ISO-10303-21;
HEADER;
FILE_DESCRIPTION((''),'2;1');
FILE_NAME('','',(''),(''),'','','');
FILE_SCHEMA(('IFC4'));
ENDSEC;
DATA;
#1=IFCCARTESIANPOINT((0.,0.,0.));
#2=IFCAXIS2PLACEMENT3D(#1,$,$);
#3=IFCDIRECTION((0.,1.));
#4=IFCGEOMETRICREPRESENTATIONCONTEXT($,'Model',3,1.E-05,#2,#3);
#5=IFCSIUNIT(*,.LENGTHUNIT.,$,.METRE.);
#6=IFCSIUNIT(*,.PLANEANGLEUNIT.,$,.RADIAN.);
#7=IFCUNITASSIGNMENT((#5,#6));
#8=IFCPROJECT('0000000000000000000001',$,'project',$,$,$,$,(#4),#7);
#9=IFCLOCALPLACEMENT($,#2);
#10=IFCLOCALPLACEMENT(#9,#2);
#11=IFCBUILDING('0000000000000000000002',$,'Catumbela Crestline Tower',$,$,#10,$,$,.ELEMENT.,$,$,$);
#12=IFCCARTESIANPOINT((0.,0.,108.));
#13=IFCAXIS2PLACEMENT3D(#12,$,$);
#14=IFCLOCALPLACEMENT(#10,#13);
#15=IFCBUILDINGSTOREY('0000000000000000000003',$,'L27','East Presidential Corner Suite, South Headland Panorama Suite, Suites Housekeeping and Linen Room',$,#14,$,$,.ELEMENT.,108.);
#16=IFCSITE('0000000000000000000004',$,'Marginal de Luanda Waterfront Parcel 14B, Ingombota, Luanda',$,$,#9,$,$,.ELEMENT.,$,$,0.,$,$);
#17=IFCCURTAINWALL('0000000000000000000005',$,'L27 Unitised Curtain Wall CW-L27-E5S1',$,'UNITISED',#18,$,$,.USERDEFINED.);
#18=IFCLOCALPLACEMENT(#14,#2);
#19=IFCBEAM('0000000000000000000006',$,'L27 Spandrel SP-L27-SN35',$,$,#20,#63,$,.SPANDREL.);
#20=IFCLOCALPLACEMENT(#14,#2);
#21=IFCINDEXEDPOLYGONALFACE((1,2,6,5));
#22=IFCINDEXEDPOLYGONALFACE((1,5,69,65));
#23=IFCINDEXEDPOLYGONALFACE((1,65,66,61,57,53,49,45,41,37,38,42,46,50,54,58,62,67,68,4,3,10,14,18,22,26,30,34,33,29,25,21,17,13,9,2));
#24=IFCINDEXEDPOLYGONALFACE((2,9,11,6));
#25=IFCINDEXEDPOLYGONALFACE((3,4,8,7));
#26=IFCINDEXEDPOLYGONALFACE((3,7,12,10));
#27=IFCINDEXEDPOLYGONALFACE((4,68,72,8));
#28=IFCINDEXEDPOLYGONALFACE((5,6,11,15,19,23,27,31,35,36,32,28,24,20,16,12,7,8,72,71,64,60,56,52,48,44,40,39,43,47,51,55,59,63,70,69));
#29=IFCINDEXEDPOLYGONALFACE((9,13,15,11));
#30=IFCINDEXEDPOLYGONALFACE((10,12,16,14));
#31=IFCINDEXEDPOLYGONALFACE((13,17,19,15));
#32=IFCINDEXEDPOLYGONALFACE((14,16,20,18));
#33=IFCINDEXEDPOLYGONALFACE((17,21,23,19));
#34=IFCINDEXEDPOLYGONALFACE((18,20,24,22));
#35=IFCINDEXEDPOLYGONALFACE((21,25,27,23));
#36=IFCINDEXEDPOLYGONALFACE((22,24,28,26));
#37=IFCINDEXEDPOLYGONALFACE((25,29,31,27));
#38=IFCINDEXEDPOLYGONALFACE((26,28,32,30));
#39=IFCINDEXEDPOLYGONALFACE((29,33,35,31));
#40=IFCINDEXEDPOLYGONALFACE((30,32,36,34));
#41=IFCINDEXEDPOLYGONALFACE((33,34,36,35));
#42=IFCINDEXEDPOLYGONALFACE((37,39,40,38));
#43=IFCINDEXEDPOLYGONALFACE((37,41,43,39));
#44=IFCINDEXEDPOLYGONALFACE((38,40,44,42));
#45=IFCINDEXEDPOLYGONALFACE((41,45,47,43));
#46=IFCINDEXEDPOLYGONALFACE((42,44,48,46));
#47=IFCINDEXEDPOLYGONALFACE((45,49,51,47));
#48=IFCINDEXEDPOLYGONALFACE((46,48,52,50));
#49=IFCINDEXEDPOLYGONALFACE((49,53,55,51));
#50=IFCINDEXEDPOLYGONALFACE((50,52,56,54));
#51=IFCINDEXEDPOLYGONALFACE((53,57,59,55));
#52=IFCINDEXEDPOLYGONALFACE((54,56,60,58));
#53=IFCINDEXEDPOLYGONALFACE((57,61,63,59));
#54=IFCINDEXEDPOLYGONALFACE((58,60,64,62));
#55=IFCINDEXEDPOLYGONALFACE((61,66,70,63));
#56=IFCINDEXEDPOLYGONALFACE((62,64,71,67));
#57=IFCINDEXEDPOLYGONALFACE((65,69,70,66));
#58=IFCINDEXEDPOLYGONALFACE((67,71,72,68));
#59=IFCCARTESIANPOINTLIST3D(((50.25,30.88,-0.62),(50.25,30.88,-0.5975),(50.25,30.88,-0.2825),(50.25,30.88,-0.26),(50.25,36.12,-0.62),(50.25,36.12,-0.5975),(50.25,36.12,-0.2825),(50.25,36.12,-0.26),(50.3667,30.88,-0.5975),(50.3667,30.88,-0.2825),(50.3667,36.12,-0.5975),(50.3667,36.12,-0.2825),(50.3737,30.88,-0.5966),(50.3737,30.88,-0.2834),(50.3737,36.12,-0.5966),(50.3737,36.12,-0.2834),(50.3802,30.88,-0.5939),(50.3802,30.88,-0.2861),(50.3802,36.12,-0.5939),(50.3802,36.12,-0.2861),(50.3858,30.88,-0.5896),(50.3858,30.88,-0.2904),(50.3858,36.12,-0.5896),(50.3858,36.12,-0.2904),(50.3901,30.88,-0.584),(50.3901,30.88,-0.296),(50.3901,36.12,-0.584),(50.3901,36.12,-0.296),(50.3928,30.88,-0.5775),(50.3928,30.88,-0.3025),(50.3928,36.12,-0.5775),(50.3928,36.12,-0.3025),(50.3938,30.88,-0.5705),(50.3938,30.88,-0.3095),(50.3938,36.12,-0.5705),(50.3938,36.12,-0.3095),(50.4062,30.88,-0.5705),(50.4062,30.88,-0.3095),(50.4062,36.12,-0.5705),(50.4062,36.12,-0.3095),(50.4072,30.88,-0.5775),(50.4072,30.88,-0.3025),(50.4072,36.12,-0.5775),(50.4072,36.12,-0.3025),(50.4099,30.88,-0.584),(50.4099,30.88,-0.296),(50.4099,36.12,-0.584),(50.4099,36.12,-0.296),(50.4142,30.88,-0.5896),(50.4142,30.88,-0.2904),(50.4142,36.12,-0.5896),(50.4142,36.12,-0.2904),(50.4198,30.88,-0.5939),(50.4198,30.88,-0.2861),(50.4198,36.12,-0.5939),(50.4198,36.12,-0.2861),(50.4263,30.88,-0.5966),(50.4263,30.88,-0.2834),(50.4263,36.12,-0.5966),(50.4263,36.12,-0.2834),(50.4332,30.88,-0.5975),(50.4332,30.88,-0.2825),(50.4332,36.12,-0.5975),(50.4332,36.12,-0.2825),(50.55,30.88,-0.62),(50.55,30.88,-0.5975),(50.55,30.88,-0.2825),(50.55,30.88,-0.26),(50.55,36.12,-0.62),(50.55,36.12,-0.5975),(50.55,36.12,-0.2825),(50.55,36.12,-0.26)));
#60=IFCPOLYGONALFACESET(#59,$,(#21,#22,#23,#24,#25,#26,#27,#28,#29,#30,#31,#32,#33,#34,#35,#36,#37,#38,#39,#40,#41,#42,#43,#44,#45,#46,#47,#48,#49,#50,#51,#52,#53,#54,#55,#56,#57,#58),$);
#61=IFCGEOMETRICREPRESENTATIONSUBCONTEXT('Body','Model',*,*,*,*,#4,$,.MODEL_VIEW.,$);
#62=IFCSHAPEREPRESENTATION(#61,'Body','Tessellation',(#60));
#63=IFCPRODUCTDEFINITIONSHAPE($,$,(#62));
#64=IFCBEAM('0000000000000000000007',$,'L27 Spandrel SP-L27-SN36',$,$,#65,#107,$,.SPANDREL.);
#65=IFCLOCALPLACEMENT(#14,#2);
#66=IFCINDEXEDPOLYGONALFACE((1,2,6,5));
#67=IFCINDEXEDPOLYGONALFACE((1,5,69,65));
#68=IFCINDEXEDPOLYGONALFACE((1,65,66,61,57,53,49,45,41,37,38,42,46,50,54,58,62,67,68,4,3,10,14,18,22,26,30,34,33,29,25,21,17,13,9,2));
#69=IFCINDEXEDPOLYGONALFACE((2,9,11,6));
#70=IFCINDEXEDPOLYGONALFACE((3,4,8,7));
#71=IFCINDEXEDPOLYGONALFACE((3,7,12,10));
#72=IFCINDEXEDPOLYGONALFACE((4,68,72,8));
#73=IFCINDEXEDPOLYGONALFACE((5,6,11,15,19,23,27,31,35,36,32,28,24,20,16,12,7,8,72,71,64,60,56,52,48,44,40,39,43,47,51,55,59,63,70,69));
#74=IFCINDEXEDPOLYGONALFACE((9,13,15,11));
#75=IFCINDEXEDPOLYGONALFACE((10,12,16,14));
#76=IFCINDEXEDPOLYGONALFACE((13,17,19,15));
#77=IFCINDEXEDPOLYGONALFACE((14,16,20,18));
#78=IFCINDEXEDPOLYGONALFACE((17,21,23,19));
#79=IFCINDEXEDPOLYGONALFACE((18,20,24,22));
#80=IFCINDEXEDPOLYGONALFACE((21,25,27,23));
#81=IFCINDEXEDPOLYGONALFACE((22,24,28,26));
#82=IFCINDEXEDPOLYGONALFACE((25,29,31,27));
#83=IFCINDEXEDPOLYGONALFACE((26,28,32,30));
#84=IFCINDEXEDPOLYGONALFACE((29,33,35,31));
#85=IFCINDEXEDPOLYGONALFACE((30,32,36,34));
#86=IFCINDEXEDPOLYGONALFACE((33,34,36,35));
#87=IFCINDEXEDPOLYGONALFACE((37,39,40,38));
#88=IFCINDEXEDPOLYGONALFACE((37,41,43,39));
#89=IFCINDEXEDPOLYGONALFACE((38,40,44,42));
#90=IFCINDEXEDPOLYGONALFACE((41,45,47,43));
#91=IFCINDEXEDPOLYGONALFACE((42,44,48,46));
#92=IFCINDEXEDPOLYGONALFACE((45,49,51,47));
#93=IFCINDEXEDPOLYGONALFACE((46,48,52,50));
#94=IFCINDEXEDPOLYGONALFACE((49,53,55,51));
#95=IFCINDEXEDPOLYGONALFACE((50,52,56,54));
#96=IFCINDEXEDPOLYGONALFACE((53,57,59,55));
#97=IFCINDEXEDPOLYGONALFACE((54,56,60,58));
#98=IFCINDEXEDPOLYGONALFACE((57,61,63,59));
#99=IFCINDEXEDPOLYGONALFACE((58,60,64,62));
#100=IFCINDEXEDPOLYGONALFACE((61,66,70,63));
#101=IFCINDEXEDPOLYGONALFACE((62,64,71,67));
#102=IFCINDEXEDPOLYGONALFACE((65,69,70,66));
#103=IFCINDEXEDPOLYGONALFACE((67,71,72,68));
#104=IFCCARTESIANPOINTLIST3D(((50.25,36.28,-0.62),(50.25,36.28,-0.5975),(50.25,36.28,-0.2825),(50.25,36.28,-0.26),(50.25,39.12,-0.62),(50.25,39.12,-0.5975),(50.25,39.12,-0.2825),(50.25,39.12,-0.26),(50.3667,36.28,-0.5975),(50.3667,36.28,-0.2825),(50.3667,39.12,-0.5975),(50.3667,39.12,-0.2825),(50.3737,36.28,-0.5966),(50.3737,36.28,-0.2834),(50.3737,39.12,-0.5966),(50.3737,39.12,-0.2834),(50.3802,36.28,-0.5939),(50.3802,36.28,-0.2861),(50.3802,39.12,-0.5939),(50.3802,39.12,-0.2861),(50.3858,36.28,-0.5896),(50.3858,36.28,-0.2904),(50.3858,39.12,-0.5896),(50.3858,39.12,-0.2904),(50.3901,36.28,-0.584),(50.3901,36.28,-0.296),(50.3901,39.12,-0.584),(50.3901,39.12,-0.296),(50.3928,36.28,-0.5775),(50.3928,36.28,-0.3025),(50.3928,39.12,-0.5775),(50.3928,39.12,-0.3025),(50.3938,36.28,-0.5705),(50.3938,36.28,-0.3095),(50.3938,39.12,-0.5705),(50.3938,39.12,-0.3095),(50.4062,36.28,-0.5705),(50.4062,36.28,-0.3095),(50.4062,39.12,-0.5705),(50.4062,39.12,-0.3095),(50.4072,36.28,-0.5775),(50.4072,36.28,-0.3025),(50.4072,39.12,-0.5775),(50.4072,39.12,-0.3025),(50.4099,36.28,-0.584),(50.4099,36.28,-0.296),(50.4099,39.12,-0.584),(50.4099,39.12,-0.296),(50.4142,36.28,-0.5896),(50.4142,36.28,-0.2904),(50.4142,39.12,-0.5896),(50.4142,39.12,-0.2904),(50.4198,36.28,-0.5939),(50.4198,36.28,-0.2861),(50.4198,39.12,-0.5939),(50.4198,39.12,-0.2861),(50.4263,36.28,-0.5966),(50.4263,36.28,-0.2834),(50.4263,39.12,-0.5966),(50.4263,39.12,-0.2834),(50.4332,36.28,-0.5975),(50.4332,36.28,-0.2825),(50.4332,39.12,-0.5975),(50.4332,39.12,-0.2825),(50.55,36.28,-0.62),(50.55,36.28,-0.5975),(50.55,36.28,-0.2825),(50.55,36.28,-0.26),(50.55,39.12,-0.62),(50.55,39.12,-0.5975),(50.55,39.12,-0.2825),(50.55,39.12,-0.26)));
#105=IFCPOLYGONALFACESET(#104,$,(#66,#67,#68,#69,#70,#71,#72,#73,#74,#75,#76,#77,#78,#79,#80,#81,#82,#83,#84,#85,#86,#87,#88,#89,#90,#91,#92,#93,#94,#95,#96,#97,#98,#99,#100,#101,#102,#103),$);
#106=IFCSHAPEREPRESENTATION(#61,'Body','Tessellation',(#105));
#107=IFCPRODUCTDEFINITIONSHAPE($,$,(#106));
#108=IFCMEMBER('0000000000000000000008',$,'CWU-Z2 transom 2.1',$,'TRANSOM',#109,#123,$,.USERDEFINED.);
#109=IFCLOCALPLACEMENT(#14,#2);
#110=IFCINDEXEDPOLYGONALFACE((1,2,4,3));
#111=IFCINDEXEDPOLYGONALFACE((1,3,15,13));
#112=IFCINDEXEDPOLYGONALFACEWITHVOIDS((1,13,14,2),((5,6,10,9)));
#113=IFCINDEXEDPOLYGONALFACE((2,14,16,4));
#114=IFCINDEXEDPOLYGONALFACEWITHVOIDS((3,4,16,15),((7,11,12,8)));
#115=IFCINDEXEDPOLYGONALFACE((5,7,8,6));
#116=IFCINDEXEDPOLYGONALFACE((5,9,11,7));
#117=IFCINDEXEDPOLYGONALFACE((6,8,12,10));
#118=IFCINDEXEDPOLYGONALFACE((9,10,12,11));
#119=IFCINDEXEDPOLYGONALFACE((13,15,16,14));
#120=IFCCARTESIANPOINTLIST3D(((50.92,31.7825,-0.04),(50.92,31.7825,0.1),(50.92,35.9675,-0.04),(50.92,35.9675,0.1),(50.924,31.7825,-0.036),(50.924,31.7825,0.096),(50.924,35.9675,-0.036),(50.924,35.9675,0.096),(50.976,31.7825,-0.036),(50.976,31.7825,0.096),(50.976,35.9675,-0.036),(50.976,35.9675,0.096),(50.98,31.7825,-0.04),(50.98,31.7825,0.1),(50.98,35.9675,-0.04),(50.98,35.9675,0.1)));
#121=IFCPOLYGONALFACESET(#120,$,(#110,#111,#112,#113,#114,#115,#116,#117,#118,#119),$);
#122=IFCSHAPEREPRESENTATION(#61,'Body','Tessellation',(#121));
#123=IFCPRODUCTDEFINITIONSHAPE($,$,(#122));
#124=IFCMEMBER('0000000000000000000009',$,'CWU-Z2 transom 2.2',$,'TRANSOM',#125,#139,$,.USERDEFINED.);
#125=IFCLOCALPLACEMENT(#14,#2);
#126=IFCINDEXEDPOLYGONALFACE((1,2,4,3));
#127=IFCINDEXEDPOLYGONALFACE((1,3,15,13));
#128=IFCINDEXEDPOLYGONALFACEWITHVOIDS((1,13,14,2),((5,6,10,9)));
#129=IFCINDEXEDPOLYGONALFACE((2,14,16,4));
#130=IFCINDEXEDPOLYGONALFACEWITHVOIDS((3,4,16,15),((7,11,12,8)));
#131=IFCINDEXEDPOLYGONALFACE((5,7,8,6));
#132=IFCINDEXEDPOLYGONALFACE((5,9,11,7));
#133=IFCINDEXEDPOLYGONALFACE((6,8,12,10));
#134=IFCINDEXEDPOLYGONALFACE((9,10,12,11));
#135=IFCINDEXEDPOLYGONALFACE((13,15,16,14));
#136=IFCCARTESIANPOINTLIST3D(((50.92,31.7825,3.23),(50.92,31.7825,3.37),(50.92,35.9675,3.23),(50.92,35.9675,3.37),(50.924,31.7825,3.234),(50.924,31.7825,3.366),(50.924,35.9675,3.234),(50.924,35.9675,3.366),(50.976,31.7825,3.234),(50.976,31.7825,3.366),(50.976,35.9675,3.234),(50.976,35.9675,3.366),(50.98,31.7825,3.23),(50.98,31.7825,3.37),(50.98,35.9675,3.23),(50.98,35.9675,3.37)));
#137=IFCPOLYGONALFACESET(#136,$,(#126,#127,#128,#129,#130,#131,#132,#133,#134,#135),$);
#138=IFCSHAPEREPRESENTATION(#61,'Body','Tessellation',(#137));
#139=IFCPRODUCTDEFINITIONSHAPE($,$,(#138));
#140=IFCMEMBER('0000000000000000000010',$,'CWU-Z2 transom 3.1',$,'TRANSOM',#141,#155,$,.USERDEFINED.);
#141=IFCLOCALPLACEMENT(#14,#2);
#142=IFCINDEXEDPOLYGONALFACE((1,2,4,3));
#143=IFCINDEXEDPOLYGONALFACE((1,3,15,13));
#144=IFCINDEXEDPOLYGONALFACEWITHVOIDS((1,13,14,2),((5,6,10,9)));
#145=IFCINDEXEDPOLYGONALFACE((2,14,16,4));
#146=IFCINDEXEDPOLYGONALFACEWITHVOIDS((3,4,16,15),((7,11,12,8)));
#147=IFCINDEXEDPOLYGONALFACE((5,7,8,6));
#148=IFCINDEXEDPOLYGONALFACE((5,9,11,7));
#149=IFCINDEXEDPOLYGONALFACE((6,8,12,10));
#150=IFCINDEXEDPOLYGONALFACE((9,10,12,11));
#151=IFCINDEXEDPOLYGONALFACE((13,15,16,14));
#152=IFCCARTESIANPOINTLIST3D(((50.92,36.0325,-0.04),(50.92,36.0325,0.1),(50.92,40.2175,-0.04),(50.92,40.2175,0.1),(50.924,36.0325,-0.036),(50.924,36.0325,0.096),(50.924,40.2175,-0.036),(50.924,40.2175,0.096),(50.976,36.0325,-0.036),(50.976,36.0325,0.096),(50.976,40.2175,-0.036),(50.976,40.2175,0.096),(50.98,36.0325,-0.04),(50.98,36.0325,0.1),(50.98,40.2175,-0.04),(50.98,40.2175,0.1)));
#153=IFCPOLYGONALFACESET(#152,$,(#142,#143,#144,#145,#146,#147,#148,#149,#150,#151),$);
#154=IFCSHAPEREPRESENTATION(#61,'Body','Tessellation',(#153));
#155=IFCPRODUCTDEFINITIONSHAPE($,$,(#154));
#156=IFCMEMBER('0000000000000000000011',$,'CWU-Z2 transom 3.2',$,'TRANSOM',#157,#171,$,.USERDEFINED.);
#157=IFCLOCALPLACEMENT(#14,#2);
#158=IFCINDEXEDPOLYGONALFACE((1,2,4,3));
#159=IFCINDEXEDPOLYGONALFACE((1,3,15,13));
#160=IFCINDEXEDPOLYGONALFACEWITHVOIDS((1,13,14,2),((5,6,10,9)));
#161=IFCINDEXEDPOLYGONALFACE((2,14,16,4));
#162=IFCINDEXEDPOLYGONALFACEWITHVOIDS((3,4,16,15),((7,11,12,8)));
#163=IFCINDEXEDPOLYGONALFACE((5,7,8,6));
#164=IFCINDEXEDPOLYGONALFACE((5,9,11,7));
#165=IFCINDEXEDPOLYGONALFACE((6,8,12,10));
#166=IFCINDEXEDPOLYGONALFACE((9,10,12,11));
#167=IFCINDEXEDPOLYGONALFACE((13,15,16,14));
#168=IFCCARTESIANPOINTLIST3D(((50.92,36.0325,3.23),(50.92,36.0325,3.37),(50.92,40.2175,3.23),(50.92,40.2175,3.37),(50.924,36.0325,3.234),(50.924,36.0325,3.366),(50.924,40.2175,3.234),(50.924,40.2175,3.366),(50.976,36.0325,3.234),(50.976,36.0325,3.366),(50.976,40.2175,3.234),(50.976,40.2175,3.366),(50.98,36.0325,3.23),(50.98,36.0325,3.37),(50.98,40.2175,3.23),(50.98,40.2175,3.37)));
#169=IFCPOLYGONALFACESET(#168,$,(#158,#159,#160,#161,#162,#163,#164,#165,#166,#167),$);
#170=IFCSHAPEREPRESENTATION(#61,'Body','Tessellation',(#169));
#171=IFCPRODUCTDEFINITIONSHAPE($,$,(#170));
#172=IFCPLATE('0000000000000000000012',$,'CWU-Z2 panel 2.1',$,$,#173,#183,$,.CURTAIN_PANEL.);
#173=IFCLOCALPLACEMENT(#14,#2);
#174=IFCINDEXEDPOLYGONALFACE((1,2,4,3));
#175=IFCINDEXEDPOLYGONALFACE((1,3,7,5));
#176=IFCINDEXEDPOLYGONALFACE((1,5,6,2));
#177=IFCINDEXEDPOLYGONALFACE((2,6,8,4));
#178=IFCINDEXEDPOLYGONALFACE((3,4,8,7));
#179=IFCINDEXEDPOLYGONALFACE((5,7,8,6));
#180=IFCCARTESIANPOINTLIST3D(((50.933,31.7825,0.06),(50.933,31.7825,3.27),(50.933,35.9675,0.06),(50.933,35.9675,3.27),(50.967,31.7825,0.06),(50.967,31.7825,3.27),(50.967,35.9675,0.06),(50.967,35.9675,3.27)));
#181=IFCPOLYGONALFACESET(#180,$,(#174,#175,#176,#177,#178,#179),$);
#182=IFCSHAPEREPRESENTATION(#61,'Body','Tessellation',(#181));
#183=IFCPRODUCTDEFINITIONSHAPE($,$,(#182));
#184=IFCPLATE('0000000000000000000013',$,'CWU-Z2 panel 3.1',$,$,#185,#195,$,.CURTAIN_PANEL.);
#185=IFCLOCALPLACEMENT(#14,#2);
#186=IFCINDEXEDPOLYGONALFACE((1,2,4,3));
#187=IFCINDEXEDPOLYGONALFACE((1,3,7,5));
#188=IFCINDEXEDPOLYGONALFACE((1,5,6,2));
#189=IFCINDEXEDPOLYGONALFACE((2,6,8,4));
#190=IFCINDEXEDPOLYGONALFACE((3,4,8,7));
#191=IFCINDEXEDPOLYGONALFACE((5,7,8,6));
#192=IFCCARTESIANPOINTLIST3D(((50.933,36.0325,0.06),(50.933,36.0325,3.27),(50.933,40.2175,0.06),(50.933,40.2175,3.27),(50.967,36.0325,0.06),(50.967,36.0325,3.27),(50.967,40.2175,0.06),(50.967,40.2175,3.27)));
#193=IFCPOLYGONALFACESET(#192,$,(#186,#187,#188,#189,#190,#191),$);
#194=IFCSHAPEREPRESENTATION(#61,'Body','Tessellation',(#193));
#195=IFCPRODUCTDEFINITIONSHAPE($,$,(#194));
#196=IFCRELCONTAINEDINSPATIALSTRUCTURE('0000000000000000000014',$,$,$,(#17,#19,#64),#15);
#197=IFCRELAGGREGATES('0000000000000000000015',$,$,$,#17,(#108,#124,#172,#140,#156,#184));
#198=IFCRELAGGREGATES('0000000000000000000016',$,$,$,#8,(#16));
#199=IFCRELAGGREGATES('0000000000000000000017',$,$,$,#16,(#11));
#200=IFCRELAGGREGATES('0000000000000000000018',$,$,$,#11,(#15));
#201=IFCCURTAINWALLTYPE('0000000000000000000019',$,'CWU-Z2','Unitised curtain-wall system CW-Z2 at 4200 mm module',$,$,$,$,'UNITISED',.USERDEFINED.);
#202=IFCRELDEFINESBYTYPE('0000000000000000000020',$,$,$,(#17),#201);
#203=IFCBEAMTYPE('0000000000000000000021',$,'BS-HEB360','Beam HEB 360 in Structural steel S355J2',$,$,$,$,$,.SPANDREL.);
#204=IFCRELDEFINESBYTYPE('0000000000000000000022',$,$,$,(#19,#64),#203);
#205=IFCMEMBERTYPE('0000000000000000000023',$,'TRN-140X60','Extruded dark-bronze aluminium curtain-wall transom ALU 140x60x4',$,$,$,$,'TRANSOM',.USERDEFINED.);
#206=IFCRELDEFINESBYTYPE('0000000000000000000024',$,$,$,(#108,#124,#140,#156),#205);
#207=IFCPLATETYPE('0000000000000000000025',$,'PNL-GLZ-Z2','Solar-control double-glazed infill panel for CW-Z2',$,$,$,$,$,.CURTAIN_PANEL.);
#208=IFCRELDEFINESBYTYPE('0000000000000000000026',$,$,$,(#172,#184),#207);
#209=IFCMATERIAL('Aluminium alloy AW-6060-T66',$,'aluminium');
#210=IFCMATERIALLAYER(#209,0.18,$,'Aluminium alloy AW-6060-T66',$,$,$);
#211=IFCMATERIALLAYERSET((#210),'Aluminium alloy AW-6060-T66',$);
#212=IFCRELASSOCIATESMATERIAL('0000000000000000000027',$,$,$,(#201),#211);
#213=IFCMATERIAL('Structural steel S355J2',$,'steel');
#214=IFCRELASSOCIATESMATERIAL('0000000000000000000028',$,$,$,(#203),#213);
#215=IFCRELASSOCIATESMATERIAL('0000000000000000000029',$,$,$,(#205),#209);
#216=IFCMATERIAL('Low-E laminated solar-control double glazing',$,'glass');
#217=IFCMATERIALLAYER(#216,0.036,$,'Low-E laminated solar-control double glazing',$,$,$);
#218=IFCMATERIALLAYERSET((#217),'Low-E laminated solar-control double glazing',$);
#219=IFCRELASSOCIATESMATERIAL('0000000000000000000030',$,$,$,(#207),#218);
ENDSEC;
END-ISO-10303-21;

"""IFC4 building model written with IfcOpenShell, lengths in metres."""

from ifc_helpers import new_model, si_unit, direction, frame, origin, origin_2d, place, context, subcontext, project, spatial, rectangle, hollow_rectangle, i_section, extrude, material, layer, layer_set, material_profile, profile_set, type_object, element, aggregate, save


model = new_model("IFC4")

# Units and contexts
model_context = context("Model", 3, precision=1e-05, world=origin(), true_north=direction((0.0, 1.0)))
body_context = subcontext(model_context, "Body", "Model", "MODEL_VIEW")
ifc_project = project(units=[si_unit("LENGTHUNIT", "METRE"), si_unit("PLANEANGLEUNIT", "RADIAN")], contexts=[model_context])

# Site, building, storey
site_placement = place(None, origin())
site = spatial("IfcSite", under=ifc_project, at=site_placement, Name="Marginal de Luanda Waterfront Parcel 14B, Ingombota, Luanda", CompositionType="ELEMENT", RefElevation=0.0)
building_placement = place(site_placement, origin())
building = spatial("IfcBuilding", under=site, at=building_placement, Name="Catumbela Crestline Tower", CompositionType="ELEMENT")
storey_placement = place(building_placement, frame((0.0, 0.0, 108.0)))
storey = spatial("IfcBuildingStorey", under=building, at=storey_placement, Name="L27", Description="East Presidential Corner Suite, South Headland Panorama Suite, Suites Housekeeping and Linen Room", CompositionType="ELEMENT", Elevation=108.0)

# Shared definitions
ifc_material_1 = material(Name="Structural steel S355J2", Category="steel")

# Curtain wall
ifc_material_2 = material(Name="Aluminium alloy AW-6060-T66", Category="aluminium")
ifc_layer_1 = layer(ifc_material_2, 0.18, Name="Aluminium alloy AW-6060-T66")
ifc_layer_set_1 = layer_set([ifc_layer_1], Name="Aluminium alloy AW-6060-T66")
curtain_wall_type = type_object("IfcCurtainWallType", Name="CWU-Z2", Description="Unitised curtain-wall system CW-Z2 at 4200 mm module", ElementType="UNITISED", PredefinedType="USERDEFINED", material=ifc_layer_set_1)
curtain_wall_placement = place(storey_placement, origin())
curtain_wall = element("IfcCurtainWall", 1, at=curtain_wall_placement, inside=storey, type_object=curtain_wall_type, Name="L27 Unitised Curtain Wall CW-L27-E5S1", ObjectType="UNITISED", PredefinedType="USERDEFINED")

# Beams
ifc_material_profile_1 = material_profile(ifc_material_1, i_section(OverallWidth=0.3, OverallDepth=0.36, WebThickness=0.0125, FlangeThickness=0.0225, FilletRadius=0.027, at=origin_2d()), Name="HEB 360")
ifc_profile_set_1 = profile_set([ifc_material_profile_1], Name="Structural steel S355J2")
beam_type_1 = type_object("IfcBeamType", Name="BS-HEB360", Description="Beam HEB 360 in Structural steel S355J2", PredefinedType="SPANDREL", material=ifc_profile_set_1)
beam_1_placement = place(storey_placement, frame((50.4, 30.88, -0.44), z_axis=(0.0, 1.0, 0.0), x_axis=(-1.0, 0.0, 0.0)))
element("IfcBeam", 2, at=beam_1_placement, inside=storey, type_object=beam_type_1, Name="L27 Spandrel SP-L27-SN35", PredefinedType="SPANDREL", context=body_context, shape_type="SweptSolid", body=[
    extrude(i_section(OverallWidth=0.3, OverallDepth=0.36, WebThickness=0.0125, FlangeThickness=0.0225, FilletRadius=0.027, at=origin_2d()), origin(), (0.0, 0.0, 1.0), 5.24),
])
beam_2_placement = place(storey_placement, frame((50.4, 36.28, -0.44), z_axis=(0.0, 1.0, 0.0), x_axis=(-1.0, 0.0, 0.0)))
element("IfcBeam", 3, at=beam_2_placement, inside=storey, type_object=beam_type_1, Name="L27 Spandrel SP-L27-SN36", PredefinedType="SPANDREL", context=body_context, shape_type="SweptSolid", body=[
    extrude(i_section(OverallWidth=0.3, OverallDepth=0.36, WebThickness=0.0125, FlangeThickness=0.0225, FilletRadius=0.027, at=origin_2d()), origin(), (0.0, 0.0, 1.0), 2.84),
])

# Members
ifc_material_profile_2 = material_profile(ifc_material_2, hollow_rectangle(XDim=0.06, YDim=0.14, WallThickness=0.004, at=origin_2d()), Name="ALU 140x60x4")
ifc_profile_set_2 = profile_set([ifc_material_profile_2], Name="Aluminium alloy AW-6060-T66")
member_type_1 = type_object("IfcMemberType", Name="TRN-140X60", Description="Extruded dark-bronze aluminium curtain-wall transom ALU 140x60x4", ElementType="TRANSOM", PredefinedType="USERDEFINED", material=ifc_profile_set_2)
member_1_placement = place(storey_placement, frame((50.95, 31.7825, 0.03), z_axis=(0.0, 1.0, 0.0), x_axis=(-1.0, 0.0, 0.0)))
member_1 = element("IfcMember", 4, at=member_1_placement, type_object=member_type_1, Name="CWU-Z2 transom 2.1", ObjectType="TRANSOM", PredefinedType="USERDEFINED", context=body_context, shape_type="SweptSolid", body=[
    extrude(hollow_rectangle(XDim=0.06, YDim=0.14, WallThickness=0.004, at=origin_2d()), origin(), (0.0, 0.0, 1.0), 4.185),
])
member_2_placement = place(storey_placement, frame((50.95, 31.7825, 3.3), z_axis=(0.0, 1.0, 0.0), x_axis=(-1.0, 0.0, 0.0)))
member_2 = element("IfcMember", 5, at=member_2_placement, type_object=member_type_1, Name="CWU-Z2 transom 2.2", ObjectType="TRANSOM", PredefinedType="USERDEFINED", context=body_context, shape_type="SweptSolid", body=[
    extrude(hollow_rectangle(XDim=0.06, YDim=0.14, WallThickness=0.004, at=origin_2d()), origin(), (0.0, 0.0, 1.0), 4.185),
])
member_3_placement = place(storey_placement, frame((50.95, 36.0325, 0.03), z_axis=(0.0, 1.0, 0.0), x_axis=(-1.0, 0.0, 0.0)))
member_3 = element("IfcMember", 6, at=member_3_placement, type_object=member_type_1, Name="CWU-Z2 transom 3.1", ObjectType="TRANSOM", PredefinedType="USERDEFINED", context=body_context, shape_type="SweptSolid", body=[
    extrude(hollow_rectangle(XDim=0.06, YDim=0.14, WallThickness=0.004, at=origin_2d()), origin(), (0.0, 0.0, 1.0), 4.185),
])
member_4_placement = place(storey_placement, frame((50.95, 36.0325, 3.3), z_axis=(0.0, 1.0, 0.0), x_axis=(-1.0, 0.0, 0.0)))
member_4 = element("IfcMember", 7, at=member_4_placement, type_object=member_type_1, Name="CWU-Z2 transom 3.2", ObjectType="TRANSOM", PredefinedType="USERDEFINED", context=body_context, shape_type="SweptSolid", body=[
    extrude(hollow_rectangle(XDim=0.06, YDim=0.14, WallThickness=0.004, at=origin_2d()), origin(), (0.0, 0.0, 1.0), 4.185),
])

# Plates
ifc_material_3 = material(Name="Low-E laminated solar-control double glazing", Category="glass")
ifc_layer_2 = layer(ifc_material_3, 0.036, Name="Low-E laminated solar-control double glazing")
ifc_layer_set_2 = layer_set([ifc_layer_2], Name="Low-E laminated solar-control double glazing")
plate_type = type_object("IfcPlateType", Name="PNL-GLZ-Z2", Description="Solar-control double-glazed infill panel for CW-Z2", PredefinedType="CURTAIN_PANEL", material=ifc_layer_set_2)
plate_1_placement = place(storey_placement, frame((50.95, 33.875, 0.06), z_axis=(0.0, 0.0, 1.0), x_axis=(0.0, 1.0, 0.0)))
plate_1 = element("IfcPlate", 8, at=plate_1_placement, type_object=plate_type, Name="CWU-Z2 panel 2.1", PredefinedType="CURTAIN_PANEL", context=body_context, shape_type="SweptSolid", body=[
    extrude(rectangle(XDim=4.185, YDim=0.034, at=origin_2d()), origin(), (0.0, 0.0, 1.0), 3.21),
])
plate_2_placement = place(storey_placement, frame((50.95, 38.125, 0.06), z_axis=(0.0, 0.0, 1.0), x_axis=(0.0, 1.0, 0.0)))
plate_2 = element("IfcPlate", 9, at=plate_2_placement, type_object=plate_type, Name="CWU-Z2 panel 3.1", PredefinedType="CURTAIN_PANEL", context=body_context, shape_type="SweptSolid", body=[
    extrude(rectangle(XDim=4.185, YDim=0.034, at=origin_2d()), origin(), (0.0, 0.0, 1.0), 3.21),
])
aggregate(curtain_wall, [member_1, member_2, plate_1, member_3, member_4, plate_2])

save(model, "model.ifc")
